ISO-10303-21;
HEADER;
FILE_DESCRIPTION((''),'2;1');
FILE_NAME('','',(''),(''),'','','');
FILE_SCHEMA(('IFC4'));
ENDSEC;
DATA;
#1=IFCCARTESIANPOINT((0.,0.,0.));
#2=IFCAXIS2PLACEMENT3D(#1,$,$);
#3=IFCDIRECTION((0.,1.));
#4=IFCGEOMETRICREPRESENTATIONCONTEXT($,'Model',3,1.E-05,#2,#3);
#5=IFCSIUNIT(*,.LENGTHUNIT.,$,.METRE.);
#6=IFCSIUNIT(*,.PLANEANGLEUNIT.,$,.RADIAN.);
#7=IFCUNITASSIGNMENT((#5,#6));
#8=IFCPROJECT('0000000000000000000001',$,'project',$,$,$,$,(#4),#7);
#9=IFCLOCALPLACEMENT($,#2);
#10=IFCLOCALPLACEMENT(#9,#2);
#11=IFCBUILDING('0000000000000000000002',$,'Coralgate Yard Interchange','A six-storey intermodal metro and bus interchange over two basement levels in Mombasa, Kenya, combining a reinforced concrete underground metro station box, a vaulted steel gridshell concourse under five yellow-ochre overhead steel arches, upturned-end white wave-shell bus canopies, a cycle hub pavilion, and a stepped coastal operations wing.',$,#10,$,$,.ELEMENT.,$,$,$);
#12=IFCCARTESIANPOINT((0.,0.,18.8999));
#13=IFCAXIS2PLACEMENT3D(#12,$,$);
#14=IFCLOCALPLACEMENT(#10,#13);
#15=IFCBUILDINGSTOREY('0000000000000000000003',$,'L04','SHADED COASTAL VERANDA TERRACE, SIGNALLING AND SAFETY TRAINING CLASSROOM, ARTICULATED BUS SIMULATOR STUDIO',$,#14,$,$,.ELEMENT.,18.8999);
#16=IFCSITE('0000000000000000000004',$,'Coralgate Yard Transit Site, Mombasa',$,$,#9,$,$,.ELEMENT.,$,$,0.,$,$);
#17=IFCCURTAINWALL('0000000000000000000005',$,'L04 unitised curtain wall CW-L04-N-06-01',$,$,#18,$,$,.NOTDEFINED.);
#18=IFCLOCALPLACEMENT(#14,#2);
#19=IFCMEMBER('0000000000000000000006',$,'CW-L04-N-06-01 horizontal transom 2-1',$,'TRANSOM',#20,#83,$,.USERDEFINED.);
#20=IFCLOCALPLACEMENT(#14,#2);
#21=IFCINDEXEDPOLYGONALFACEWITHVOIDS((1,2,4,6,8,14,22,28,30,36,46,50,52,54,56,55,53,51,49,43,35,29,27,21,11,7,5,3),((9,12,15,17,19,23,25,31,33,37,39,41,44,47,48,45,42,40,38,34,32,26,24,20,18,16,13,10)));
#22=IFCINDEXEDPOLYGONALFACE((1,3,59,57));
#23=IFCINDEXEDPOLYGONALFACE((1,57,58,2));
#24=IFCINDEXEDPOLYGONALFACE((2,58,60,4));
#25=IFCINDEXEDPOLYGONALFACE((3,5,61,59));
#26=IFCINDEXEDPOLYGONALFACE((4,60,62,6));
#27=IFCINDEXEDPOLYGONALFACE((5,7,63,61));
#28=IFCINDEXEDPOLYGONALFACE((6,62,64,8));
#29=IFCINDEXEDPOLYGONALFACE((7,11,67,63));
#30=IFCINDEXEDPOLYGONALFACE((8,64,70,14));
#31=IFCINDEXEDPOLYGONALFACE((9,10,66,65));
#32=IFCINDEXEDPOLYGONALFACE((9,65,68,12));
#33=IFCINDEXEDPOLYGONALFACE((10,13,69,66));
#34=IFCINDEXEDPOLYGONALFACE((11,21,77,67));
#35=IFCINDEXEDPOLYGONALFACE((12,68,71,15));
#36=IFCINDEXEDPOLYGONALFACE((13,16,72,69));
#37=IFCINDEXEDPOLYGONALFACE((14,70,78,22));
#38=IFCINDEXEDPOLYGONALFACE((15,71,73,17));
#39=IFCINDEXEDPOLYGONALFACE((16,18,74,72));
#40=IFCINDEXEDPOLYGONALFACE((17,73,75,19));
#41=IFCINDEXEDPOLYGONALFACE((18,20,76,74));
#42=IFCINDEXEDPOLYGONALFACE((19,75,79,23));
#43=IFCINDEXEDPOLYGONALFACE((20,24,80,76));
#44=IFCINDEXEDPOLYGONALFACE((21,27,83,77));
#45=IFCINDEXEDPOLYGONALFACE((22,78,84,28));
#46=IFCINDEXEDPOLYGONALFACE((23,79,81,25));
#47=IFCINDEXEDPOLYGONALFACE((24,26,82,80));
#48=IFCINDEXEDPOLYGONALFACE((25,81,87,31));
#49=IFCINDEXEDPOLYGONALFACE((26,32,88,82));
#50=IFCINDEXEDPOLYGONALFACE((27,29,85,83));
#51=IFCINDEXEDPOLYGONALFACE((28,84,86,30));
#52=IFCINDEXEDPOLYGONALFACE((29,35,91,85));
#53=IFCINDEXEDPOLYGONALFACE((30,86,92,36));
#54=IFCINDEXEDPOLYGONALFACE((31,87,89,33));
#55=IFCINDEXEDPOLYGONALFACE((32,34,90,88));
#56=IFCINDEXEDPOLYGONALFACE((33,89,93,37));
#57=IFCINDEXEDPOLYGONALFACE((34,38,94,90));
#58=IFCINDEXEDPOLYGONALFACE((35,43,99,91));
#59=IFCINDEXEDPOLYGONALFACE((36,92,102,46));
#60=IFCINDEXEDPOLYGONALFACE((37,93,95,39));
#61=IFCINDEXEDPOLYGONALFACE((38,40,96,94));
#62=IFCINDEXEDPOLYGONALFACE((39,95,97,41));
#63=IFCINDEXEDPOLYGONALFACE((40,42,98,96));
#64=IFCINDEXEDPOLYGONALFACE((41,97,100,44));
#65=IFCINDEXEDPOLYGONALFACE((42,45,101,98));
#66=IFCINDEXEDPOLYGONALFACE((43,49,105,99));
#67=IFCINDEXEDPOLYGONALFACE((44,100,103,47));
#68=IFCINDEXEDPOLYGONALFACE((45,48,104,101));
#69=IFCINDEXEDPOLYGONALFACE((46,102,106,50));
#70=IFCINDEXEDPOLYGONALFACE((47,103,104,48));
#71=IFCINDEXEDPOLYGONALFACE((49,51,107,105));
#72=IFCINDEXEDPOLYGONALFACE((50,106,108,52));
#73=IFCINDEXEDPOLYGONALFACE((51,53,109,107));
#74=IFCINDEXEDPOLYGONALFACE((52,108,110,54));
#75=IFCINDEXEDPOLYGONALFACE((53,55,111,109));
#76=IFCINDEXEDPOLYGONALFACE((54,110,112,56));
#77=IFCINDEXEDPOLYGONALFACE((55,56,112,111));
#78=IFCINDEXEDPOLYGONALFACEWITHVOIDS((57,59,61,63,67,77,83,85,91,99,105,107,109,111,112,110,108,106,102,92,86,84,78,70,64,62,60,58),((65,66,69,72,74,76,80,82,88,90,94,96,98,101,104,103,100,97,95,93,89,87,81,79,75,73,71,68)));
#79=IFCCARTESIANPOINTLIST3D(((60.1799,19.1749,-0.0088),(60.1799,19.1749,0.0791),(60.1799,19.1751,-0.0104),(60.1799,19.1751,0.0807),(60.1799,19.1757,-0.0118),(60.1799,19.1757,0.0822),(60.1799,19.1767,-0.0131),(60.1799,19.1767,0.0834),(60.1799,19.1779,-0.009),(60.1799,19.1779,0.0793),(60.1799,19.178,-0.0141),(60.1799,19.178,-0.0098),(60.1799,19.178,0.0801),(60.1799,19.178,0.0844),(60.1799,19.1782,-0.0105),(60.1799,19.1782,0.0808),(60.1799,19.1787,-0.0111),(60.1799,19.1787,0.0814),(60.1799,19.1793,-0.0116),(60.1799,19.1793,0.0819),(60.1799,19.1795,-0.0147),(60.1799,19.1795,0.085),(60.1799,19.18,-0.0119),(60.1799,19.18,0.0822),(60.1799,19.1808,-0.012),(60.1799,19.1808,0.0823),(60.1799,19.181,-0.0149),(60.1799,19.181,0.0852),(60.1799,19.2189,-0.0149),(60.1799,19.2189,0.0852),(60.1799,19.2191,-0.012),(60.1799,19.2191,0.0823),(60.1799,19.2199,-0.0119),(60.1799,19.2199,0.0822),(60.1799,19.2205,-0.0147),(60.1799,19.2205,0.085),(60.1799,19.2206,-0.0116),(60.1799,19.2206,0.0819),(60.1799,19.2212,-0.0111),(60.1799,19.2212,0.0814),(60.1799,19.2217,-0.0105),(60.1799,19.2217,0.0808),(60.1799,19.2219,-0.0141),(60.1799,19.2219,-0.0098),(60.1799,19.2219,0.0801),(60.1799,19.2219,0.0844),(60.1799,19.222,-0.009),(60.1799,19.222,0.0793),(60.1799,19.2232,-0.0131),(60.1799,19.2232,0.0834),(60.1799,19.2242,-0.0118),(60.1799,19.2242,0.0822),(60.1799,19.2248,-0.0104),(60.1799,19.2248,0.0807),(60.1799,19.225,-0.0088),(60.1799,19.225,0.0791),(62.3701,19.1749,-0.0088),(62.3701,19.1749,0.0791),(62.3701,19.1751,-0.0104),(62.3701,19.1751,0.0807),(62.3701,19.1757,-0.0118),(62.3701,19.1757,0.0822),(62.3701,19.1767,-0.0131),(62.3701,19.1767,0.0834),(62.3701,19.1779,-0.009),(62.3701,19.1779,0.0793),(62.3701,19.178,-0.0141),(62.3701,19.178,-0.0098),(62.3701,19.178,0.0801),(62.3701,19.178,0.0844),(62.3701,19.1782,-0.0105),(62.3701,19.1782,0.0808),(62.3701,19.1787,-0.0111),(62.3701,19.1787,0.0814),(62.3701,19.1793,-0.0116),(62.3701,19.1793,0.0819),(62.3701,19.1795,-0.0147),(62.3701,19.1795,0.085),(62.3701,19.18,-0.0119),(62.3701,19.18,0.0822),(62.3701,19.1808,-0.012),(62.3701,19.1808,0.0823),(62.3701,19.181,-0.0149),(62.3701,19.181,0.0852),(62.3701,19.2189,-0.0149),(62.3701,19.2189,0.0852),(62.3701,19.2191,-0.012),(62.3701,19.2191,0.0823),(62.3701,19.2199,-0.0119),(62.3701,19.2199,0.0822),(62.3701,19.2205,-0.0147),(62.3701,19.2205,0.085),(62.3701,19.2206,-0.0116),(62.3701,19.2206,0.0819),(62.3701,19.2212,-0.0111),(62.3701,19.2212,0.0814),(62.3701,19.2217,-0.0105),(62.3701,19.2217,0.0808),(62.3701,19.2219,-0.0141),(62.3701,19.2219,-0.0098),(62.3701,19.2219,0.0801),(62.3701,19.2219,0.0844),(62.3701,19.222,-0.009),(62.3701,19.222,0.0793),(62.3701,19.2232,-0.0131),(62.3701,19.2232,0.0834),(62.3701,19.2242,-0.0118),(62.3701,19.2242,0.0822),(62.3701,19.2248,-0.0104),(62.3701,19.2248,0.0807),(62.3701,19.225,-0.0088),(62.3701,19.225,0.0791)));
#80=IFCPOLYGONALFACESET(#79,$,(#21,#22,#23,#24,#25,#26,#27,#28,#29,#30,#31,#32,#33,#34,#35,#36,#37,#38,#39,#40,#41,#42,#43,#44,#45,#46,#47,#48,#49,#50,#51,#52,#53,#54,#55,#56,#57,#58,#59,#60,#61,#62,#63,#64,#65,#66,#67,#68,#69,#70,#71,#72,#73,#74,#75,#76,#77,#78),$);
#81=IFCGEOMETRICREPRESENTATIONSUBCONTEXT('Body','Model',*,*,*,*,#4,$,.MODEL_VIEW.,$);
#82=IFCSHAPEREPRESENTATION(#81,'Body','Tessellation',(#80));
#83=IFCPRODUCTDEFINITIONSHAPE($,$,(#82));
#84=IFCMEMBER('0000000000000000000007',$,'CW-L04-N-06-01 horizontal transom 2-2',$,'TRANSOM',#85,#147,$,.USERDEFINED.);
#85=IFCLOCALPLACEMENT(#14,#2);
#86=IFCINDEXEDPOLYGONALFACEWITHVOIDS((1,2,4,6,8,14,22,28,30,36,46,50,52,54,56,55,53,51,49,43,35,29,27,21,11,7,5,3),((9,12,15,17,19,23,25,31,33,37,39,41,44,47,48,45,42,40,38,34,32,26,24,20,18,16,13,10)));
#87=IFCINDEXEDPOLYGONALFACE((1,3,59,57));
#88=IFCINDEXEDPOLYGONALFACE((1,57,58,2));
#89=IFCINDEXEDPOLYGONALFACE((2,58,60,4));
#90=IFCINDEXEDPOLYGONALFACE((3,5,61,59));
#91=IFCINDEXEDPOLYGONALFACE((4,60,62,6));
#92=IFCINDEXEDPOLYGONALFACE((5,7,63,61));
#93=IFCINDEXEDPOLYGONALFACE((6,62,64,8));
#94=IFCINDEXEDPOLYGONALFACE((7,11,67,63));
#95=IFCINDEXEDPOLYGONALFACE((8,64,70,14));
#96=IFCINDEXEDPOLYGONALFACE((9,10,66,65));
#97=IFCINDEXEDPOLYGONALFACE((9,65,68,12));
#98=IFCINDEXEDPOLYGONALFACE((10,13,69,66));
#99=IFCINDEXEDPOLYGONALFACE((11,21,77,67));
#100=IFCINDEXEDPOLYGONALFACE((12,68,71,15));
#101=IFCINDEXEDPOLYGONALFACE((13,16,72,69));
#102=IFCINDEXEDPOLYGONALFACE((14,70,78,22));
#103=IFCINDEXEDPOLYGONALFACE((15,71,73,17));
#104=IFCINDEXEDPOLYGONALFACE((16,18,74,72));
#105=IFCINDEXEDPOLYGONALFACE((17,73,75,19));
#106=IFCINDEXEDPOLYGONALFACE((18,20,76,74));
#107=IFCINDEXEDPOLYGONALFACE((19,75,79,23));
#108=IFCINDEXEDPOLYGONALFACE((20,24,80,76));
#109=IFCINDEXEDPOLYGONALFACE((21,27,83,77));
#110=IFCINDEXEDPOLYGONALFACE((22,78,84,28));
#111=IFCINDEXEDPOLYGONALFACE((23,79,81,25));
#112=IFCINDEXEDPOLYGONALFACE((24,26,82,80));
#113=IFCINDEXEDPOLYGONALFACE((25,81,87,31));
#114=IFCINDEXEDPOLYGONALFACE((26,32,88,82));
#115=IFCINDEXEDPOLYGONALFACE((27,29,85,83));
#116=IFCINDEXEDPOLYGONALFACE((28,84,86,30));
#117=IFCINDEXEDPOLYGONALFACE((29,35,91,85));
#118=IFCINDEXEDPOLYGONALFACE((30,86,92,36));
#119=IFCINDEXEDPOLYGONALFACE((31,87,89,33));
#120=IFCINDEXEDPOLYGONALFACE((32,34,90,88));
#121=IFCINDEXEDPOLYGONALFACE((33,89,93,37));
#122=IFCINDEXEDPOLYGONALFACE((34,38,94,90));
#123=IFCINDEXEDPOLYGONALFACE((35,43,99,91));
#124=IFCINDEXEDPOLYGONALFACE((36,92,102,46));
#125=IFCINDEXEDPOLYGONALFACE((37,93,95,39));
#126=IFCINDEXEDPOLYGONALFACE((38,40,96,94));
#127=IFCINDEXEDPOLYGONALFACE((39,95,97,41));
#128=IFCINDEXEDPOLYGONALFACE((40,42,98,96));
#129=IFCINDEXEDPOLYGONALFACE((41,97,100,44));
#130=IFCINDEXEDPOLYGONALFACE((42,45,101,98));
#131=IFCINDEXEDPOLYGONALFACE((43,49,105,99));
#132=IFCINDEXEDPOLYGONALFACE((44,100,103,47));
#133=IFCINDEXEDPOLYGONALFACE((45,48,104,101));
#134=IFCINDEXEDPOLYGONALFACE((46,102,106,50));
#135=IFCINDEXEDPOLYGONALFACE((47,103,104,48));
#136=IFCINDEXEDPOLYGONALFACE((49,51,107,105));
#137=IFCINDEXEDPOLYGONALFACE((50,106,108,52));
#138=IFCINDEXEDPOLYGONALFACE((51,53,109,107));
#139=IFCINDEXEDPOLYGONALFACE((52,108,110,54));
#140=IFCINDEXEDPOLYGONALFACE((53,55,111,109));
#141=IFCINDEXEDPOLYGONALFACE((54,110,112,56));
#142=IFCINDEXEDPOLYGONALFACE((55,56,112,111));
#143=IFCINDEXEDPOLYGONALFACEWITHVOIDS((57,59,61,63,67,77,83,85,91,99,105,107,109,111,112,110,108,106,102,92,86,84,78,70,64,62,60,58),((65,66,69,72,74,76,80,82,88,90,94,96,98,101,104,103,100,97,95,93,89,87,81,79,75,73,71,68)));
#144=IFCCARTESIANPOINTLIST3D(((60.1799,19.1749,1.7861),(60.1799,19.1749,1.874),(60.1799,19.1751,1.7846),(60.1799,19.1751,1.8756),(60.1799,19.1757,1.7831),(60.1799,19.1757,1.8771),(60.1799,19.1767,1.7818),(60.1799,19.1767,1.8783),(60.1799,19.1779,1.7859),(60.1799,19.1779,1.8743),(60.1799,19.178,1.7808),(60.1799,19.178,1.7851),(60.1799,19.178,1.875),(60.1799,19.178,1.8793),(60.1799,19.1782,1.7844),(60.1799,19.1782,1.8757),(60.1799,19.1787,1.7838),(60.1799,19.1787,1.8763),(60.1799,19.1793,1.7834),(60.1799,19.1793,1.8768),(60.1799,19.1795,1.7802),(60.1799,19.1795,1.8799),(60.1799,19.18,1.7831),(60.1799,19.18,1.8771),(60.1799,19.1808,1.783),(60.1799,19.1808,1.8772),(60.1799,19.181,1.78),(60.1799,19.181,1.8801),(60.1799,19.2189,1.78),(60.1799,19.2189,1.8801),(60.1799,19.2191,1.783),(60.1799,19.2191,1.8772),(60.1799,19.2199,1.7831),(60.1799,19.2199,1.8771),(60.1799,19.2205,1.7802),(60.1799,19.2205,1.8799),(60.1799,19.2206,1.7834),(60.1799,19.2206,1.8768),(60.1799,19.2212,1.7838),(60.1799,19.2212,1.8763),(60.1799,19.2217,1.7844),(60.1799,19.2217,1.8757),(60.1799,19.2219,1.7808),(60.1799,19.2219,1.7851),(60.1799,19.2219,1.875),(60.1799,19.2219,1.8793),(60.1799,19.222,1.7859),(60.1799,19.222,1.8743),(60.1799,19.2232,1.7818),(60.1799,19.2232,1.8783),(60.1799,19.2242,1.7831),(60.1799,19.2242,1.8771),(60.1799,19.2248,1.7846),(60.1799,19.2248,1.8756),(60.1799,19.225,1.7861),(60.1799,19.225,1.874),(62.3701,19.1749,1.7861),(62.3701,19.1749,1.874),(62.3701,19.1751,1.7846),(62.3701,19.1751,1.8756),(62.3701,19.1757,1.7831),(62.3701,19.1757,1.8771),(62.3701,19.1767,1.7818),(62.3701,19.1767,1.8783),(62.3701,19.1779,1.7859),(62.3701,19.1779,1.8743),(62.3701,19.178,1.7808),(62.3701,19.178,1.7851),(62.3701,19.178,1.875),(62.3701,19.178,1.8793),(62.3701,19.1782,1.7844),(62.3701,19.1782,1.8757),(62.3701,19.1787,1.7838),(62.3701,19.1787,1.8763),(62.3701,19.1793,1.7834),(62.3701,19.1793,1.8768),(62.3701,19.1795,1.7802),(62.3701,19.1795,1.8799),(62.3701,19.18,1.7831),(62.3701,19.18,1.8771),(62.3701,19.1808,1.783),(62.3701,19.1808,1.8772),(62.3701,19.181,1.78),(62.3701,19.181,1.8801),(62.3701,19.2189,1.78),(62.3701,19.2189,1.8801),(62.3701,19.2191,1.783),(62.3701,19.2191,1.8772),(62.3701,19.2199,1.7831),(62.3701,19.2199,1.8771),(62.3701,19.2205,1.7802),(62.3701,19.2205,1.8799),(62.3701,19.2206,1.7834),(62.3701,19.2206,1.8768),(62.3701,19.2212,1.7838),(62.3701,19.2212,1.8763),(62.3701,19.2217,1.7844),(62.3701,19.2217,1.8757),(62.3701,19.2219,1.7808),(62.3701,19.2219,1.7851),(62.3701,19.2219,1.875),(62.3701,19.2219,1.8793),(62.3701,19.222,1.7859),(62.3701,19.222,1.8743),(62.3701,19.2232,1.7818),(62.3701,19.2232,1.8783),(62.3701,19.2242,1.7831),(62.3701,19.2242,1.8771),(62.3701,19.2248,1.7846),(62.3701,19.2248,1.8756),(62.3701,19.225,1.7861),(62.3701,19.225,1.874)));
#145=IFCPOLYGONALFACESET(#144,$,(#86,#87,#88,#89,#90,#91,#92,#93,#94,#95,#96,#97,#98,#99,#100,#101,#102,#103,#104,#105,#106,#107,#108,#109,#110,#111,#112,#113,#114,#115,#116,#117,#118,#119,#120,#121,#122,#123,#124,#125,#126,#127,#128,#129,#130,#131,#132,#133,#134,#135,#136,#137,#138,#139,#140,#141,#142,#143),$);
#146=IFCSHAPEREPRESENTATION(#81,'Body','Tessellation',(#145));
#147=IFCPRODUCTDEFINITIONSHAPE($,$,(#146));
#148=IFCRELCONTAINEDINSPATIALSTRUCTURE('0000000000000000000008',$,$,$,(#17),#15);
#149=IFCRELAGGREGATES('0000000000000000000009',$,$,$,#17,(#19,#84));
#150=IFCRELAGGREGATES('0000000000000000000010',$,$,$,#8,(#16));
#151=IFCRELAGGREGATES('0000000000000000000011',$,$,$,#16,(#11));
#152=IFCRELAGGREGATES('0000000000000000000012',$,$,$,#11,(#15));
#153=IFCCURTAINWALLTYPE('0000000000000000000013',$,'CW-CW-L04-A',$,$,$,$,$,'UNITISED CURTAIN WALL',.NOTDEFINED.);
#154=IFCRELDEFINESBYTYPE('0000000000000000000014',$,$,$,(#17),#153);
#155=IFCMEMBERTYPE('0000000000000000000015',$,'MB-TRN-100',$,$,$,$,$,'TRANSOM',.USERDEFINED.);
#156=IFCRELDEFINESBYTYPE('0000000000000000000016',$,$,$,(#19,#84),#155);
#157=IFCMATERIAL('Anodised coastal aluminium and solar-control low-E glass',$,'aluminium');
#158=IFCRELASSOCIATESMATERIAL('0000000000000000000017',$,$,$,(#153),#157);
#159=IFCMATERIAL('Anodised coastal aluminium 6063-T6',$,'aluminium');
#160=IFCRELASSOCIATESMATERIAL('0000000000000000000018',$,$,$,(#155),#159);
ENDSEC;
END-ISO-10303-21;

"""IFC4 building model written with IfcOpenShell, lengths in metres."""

from ifc_helpers import new_model, si_unit, direction, frame, origin, origin_2d, place, context, subcontext, project, spatial, hollow_rectangle, extrude, material, material_profile, profile_set, type_object, element, aggregate, save


model = new_model("IFC4")

# Units and contexts
model_context = context("Model", 3, precision=1e-05, world=origin(), true_north=direction((0.0, 1.0)))
body_context = subcontext(model_context, "Body", "Model", "MODEL_VIEW")
ifc_project = project(units=[si_unit("LENGTHUNIT", "METRE"), si_unit("PLANEANGLEUNIT", "RADIAN")], contexts=[model_context])

# Site, building, storey
site_placement = place(None, origin())
site = spatial("IfcSite", under=ifc_project, at=site_placement, Name="Coralgate Yard Transit Site, Mombasa", CompositionType="ELEMENT", RefElevation=0.0)
building_placement = place(site_placement, origin())
building = spatial("IfcBuilding", under=site, at=building_placement, Name="Coralgate Yard Interchange", Description="A six-storey intermodal metro and bus interchange over two basement levels in Mombasa, Kenya, combining a reinforced concrete underground metro station box, a vaulted steel gridshell concourse under five yellow-ochre overhead steel arches, upturned-end white wave-shell bus canopies, a cycle hub pavilion, and a stepped coastal operations wing.", CompositionType="ELEMENT")
storey_placement = place(building_placement, frame((0.0, 0.0, 18.8999)))
storey = spatial("IfcBuildingStorey", under=building, at=storey_placement, Name="L04", Description="SHADED COASTAL VERANDA TERRACE, SIGNALLING AND SAFETY TRAINING CLASSROOM, ARTICULATED BUS SIMULATOR STUDIO", CompositionType="ELEMENT", Elevation=18.8999)

# Curtain wall
ifc_material_1 = material(Name="Anodised coastal aluminium and solar-control low-E glass", Category="aluminium")
curtain_wall_type = type_object("IfcCurtainWallType", Name="CW-CW-L04-A", ElementType="UNITISED CURTAIN WALL", PredefinedType="NOTDEFINED", material=ifc_material_1)
ifc_material_2 = material(Name="Anodised coastal aluminium 6063-T6", Category="aluminium")
curtain_wall_1_placement = place(storey_placement, origin())
curtain_wall_1 = element("IfcCurtainWall", 1, at=curtain_wall_1_placement, inside=storey, type_object=curtain_wall_type, Name="L04 unitised curtain wall CW-L04-N-06-01", PredefinedType="NOTDEFINED")

# Members
ifc_material_profile_1 = material_profile(ifc_material_2, hollow_rectangle(XDim=0.05, YDim=0.1001, WallThickness=0.0029, InnerFilletRadius=0.0029, OuterFilletRadius=0.0061, at=origin_2d()), Name="ALU 50x100x3")
ifc_profile_set_1 = profile_set([ifc_material_profile_1], Name="Anodised coastal aluminium 6063-T6")
member_type_1 = type_object("IfcMemberType", Name="MB-TRN-100", ElementType="TRANSOM", PredefinedType="USERDEFINED", material=ifc_profile_set_1)
member_1_placement = place(storey_placement, frame((60.1799, 19.2, 0.0352), z_axis=(1.0, 0.0, 0.0), x_axis=(0.0, 1.0, 0.0)))
member_1 = element("IfcMember", 2, at=member_1_placement, type_object=member_type_1, Name="CW-L04-N-06-01 horizontal transom 2-1", ObjectType="TRANSOM", PredefinedType="USERDEFINED", context=body_context, shape_type="SweptSolid", body=[
    extrude(hollow_rectangle(XDim=0.05, YDim=0.1001, WallThickness=0.0029, InnerFilletRadius=0.0029, OuterFilletRadius=0.0061, at=origin_2d()), origin(), (0.0, 0.0, 1.0), 2.1902),
])
member_2_placement = place(storey_placement, frame((60.1799, 19.2, 1.8301), z_axis=(1.0, 0.0, 0.0), x_axis=(0.0, 1.0, 0.0)))
member_2 = element("IfcMember", 3, at=member_2_placement, type_object=member_type_1, Name="CW-L04-N-06-01 horizontal transom 2-2", ObjectType="TRANSOM", PredefinedType="USERDEFINED", context=body_context, shape_type="SweptSolid", body=[
    extrude(hollow_rectangle(XDim=0.05, YDim=0.1001, WallThickness=0.0029, InnerFilletRadius=0.0029, OuterFilletRadius=0.0061, at=origin_2d()), origin(), (0.0, 0.0, 1.0), 2.1902),
])

aggregate(curtain_wall_1, [member_1, member_2])

save(model, "model.ifc")
